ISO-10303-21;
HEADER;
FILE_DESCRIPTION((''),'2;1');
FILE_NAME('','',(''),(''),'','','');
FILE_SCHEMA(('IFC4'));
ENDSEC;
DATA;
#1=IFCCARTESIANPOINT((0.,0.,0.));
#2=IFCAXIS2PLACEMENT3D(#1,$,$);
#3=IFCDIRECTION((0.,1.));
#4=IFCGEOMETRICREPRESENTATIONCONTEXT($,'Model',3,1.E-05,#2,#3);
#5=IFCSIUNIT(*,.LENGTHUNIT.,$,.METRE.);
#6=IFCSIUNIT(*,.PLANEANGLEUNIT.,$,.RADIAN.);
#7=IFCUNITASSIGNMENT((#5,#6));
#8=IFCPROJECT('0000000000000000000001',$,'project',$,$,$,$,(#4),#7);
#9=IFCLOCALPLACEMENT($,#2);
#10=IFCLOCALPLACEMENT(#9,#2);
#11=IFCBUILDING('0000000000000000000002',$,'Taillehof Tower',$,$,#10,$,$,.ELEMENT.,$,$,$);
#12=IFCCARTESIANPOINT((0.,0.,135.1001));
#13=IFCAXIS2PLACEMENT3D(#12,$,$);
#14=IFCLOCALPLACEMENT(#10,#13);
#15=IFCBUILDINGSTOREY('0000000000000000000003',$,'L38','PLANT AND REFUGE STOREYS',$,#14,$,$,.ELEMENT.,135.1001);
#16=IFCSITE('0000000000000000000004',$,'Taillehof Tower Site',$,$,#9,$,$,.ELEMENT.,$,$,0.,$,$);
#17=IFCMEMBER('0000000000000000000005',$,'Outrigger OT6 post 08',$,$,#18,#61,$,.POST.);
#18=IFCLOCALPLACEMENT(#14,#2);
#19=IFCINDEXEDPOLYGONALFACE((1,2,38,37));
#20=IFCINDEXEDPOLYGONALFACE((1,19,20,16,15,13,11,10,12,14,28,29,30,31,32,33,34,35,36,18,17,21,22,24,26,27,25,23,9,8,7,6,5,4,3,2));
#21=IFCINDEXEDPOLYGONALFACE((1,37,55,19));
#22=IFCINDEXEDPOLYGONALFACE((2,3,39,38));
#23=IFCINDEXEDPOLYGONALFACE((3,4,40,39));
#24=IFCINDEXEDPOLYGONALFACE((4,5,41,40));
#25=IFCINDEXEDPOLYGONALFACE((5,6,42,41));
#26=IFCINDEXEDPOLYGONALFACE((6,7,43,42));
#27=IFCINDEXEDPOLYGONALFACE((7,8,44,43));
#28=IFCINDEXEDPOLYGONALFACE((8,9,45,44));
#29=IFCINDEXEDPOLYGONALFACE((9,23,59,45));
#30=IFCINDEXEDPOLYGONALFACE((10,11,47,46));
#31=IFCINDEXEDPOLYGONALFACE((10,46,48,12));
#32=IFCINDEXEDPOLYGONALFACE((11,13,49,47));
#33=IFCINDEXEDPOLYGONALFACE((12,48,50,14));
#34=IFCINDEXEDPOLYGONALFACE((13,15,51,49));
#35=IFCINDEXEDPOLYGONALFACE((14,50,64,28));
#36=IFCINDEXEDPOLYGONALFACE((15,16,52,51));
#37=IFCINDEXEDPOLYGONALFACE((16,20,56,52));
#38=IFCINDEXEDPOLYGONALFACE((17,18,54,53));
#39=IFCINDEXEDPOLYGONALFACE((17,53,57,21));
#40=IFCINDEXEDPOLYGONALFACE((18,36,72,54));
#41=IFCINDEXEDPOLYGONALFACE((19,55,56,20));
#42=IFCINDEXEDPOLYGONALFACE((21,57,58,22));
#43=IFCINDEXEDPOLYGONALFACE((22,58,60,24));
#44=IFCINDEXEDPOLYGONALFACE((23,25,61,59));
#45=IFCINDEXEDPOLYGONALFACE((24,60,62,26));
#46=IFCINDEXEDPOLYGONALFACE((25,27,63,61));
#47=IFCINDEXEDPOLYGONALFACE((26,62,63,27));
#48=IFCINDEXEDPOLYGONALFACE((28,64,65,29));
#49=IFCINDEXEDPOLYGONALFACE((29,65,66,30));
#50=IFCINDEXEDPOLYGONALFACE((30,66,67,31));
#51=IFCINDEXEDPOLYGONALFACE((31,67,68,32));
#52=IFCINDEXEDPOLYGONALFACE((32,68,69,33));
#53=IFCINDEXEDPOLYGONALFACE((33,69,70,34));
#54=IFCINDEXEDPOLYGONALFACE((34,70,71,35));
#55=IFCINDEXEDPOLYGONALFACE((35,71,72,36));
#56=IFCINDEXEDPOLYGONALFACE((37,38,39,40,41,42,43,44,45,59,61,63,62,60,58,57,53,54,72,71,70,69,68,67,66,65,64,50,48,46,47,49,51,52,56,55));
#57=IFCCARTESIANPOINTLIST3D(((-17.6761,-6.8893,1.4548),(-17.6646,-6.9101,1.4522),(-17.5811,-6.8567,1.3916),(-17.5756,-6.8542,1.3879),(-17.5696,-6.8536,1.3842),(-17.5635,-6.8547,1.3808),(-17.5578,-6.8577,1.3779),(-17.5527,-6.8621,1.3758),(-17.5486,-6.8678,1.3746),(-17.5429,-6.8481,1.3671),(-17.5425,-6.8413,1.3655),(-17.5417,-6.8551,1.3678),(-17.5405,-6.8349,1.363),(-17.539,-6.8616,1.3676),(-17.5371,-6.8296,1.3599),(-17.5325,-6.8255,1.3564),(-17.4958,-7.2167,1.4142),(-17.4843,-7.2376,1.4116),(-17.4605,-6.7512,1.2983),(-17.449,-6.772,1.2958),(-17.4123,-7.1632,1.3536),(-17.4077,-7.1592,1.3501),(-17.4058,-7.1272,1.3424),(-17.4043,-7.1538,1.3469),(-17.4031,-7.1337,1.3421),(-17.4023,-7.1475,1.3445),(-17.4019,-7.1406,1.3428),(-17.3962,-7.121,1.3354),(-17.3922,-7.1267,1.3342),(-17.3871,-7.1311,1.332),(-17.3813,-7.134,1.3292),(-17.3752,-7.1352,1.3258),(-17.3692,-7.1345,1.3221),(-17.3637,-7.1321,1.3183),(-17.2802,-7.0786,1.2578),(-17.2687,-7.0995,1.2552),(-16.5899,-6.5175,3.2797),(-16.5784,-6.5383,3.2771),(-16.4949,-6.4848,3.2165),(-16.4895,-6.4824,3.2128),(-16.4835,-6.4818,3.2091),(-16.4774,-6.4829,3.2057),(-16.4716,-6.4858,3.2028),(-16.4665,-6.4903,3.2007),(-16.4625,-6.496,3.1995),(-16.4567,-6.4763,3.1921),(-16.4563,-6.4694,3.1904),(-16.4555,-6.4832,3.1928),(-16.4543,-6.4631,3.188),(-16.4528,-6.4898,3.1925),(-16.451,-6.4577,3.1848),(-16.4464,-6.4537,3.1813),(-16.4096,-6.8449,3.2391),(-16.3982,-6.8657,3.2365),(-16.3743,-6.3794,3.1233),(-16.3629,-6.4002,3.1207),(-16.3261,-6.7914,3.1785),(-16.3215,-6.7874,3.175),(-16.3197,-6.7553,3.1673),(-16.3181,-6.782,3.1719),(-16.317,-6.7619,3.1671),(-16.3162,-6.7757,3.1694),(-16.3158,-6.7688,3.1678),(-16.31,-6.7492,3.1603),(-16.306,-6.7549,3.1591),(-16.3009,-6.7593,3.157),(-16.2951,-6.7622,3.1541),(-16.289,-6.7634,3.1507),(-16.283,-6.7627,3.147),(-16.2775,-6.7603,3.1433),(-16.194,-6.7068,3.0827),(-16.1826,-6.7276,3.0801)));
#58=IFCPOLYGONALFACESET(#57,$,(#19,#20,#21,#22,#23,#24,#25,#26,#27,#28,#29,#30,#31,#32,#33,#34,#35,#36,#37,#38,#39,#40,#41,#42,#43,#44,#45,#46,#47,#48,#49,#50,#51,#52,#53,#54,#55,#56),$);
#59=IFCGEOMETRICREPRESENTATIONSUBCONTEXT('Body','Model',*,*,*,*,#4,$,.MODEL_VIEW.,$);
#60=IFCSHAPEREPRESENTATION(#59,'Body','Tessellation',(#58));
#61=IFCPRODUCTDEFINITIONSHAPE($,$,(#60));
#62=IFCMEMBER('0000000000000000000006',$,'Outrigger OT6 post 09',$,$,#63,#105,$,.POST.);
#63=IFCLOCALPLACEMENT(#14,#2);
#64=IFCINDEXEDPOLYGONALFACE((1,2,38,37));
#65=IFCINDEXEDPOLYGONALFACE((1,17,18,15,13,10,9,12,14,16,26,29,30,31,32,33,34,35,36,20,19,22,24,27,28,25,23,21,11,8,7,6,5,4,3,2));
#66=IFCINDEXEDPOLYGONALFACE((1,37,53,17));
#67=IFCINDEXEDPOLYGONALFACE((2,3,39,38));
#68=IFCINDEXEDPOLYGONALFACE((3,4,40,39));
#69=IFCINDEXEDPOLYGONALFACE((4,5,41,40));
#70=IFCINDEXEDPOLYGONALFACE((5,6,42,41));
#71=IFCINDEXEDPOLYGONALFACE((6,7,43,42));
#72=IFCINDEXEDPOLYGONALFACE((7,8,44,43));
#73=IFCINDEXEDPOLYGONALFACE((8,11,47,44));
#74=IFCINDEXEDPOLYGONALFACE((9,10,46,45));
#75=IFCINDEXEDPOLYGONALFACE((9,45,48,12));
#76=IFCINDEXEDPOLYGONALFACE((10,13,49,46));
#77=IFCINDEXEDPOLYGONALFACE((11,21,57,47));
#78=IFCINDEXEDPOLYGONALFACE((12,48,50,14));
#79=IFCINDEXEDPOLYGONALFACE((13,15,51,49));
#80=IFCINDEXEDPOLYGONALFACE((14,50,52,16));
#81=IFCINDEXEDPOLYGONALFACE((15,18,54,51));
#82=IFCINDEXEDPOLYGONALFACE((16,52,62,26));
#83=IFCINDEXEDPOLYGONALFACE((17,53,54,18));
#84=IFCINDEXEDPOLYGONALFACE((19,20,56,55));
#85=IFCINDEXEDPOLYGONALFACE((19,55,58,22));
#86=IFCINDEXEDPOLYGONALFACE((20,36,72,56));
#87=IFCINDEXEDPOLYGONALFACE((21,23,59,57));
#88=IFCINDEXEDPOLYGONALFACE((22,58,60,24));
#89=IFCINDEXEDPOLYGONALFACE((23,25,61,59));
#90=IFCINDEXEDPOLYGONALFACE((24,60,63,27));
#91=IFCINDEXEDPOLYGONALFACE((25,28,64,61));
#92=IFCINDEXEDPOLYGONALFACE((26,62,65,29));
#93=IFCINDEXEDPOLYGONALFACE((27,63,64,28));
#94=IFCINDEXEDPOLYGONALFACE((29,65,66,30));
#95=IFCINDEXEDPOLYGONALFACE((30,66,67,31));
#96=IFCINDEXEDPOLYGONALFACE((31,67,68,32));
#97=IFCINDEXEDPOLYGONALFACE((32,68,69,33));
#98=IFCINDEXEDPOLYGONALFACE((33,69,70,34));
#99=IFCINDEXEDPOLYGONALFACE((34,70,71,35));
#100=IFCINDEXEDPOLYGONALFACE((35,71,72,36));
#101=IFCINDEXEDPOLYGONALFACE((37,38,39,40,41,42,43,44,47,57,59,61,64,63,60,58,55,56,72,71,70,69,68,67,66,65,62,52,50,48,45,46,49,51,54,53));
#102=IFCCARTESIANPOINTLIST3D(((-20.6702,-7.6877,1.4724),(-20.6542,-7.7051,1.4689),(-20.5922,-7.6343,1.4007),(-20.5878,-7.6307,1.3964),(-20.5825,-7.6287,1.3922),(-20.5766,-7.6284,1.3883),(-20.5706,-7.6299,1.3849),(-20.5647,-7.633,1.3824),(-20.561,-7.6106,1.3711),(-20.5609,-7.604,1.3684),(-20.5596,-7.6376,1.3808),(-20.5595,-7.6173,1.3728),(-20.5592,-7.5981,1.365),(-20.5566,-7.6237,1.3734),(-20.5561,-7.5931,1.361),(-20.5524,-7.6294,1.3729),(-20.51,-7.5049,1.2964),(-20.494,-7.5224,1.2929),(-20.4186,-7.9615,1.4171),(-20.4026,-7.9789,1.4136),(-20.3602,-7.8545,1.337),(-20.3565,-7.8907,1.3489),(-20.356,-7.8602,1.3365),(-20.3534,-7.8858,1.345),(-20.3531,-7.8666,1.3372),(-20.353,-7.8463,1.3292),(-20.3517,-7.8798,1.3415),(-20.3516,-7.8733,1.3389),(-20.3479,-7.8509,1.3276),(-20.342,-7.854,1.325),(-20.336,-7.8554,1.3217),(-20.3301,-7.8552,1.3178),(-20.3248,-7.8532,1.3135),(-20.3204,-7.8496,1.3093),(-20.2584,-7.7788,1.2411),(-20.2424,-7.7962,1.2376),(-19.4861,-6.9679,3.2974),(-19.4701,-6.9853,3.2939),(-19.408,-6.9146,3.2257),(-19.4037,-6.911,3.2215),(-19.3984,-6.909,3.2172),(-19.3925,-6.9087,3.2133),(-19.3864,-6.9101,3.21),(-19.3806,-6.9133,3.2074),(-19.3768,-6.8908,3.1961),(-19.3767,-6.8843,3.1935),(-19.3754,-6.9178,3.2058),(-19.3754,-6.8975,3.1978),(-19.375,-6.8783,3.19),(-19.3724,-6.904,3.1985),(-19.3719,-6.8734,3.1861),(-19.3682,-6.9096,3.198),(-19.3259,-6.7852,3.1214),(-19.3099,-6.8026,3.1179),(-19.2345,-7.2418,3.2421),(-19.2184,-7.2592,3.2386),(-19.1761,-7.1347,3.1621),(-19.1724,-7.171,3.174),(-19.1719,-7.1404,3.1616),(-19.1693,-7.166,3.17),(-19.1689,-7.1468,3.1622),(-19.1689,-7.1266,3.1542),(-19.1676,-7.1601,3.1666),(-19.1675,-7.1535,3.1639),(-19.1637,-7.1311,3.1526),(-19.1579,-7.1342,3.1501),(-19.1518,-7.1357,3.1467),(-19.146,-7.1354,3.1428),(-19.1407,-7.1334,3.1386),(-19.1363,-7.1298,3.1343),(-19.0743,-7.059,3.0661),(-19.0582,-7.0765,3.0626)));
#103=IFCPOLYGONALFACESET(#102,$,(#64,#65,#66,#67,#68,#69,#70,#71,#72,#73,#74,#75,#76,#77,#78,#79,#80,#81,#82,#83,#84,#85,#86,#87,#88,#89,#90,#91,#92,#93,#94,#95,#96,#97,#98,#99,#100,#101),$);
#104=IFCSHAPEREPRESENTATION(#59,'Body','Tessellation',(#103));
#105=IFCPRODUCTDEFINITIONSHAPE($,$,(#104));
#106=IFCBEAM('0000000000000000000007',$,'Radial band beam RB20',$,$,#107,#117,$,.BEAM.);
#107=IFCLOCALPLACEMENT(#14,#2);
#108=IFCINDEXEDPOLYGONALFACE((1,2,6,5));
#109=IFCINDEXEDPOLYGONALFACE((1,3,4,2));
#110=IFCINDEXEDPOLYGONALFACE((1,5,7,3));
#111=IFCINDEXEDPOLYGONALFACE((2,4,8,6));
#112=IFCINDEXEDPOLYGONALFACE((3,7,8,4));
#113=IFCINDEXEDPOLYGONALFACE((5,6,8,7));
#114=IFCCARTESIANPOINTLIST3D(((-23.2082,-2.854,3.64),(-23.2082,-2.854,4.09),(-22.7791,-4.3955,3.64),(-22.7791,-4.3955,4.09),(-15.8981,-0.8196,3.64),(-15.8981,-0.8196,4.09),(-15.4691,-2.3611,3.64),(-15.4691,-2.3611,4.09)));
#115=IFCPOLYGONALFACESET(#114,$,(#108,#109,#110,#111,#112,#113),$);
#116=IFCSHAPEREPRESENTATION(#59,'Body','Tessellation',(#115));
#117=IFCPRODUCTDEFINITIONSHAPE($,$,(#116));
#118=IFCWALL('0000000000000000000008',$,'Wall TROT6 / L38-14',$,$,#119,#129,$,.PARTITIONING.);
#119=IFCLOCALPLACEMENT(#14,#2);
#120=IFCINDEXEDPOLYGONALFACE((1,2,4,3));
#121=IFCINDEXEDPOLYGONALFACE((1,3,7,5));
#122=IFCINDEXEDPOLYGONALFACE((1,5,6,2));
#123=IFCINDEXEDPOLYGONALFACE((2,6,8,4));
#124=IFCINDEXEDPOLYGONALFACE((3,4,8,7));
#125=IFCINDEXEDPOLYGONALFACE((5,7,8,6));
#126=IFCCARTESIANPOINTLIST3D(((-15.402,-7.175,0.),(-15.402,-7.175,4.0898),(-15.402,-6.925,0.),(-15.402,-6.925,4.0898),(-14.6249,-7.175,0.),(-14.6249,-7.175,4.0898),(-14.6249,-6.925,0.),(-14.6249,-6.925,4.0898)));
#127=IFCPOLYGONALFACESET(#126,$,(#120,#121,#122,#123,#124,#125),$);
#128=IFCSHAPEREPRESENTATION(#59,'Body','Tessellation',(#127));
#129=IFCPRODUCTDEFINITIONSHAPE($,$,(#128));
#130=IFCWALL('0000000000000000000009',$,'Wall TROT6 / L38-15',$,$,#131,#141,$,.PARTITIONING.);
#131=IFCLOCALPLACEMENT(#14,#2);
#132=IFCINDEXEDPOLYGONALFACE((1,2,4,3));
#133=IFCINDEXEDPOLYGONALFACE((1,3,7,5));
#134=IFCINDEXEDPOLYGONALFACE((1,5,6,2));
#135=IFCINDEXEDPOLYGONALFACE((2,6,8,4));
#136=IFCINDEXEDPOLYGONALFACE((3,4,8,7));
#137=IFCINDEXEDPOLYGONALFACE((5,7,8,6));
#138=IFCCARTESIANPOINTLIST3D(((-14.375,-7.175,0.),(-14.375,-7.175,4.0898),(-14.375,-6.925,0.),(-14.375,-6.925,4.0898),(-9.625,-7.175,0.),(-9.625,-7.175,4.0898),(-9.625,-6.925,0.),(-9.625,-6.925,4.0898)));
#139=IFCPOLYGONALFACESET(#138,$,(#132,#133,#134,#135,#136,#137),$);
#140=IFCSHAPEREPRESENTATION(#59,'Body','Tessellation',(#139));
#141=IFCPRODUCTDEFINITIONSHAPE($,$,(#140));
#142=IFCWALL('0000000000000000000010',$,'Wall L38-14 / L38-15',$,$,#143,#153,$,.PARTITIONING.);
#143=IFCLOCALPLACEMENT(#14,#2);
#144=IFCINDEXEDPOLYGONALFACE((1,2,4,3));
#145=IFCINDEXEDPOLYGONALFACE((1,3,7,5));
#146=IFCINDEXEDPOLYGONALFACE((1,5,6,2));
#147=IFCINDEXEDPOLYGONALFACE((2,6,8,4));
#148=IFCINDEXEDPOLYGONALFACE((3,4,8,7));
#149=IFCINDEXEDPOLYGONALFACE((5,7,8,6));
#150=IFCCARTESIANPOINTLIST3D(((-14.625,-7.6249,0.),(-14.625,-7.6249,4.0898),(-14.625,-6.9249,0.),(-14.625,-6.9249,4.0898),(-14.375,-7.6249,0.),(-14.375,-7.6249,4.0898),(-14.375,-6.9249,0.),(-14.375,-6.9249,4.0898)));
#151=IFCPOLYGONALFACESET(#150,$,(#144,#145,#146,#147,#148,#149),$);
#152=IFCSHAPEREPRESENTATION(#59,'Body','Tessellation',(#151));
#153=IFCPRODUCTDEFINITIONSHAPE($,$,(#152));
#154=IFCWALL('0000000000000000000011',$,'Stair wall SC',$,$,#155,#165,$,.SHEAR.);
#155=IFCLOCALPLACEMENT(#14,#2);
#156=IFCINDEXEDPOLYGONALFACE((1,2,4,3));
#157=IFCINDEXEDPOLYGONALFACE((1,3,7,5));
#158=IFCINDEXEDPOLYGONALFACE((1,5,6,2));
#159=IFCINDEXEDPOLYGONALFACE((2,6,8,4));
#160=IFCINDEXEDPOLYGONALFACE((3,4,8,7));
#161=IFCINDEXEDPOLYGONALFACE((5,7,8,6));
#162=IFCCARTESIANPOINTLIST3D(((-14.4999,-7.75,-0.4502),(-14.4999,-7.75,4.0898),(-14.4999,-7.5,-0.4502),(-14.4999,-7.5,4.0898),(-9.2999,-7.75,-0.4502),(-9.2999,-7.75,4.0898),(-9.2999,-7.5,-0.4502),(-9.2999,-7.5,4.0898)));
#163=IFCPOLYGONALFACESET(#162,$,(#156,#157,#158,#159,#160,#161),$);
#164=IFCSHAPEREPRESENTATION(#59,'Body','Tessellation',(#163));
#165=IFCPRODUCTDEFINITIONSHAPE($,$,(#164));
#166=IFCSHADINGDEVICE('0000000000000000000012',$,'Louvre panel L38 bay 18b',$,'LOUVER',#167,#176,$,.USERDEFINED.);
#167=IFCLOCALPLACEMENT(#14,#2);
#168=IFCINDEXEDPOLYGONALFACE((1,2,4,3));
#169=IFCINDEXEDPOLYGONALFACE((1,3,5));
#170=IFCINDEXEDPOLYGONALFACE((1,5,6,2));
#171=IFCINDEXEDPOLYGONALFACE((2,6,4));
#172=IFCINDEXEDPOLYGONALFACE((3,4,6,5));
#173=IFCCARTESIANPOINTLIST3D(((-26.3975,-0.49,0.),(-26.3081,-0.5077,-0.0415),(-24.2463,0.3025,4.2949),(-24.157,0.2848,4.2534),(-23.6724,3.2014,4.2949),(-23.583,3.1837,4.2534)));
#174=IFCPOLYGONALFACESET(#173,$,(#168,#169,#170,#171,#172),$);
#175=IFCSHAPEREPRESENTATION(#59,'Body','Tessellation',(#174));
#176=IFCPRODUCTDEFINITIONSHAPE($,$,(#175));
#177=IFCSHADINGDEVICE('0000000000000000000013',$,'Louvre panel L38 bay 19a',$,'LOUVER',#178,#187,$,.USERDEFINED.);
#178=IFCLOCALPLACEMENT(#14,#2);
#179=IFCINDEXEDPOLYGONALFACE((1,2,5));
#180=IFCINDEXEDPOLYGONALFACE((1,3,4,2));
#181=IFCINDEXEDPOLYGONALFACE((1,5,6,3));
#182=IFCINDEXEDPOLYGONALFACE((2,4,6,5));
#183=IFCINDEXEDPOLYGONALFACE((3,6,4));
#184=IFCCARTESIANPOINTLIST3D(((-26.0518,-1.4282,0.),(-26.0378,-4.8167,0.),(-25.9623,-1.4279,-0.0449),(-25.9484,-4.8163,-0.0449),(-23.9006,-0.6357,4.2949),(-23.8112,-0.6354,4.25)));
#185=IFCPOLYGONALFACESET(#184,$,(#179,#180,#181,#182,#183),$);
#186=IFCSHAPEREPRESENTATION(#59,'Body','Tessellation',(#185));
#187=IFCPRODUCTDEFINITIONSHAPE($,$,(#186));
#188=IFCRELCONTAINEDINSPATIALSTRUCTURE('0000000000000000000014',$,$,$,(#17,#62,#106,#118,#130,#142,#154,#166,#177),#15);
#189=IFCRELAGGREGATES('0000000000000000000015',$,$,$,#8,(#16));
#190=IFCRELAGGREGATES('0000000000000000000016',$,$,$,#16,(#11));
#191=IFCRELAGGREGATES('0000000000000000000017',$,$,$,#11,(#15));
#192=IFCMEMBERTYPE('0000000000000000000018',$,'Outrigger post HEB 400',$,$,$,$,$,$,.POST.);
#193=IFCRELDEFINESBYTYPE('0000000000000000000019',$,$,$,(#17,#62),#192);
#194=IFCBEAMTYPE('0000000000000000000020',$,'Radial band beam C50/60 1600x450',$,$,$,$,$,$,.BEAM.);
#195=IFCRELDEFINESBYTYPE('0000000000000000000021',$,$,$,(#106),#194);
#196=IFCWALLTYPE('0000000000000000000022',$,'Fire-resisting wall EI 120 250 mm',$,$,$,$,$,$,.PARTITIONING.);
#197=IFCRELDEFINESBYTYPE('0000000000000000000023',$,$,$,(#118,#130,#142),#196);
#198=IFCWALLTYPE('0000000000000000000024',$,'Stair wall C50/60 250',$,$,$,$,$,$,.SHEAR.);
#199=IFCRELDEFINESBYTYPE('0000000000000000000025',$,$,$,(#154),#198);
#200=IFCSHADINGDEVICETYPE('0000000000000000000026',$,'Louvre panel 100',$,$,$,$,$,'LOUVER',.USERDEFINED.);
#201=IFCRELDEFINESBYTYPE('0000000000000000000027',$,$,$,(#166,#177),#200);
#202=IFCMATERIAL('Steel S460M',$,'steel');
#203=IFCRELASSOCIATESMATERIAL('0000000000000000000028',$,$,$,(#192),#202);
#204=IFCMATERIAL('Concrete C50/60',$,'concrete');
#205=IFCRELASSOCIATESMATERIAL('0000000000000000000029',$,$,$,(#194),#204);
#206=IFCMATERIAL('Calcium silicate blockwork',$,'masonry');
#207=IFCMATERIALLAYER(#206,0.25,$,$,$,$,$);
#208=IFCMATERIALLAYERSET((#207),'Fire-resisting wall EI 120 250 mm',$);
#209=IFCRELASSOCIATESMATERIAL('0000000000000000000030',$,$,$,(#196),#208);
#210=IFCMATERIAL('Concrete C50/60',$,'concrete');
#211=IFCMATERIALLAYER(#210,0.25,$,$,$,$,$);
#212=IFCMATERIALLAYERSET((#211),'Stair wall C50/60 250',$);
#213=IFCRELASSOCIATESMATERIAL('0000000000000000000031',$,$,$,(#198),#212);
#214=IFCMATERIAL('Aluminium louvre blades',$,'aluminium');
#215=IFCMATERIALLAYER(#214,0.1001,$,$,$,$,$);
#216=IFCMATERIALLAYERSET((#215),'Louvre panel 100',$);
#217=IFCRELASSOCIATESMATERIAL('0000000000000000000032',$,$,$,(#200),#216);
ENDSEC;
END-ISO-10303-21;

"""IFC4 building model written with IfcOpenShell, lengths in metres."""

from ifc_helpers import new_model, si_unit, direction, frame, frame_2d, origin, origin_2d, place, context, subcontext, project, spatial, polyline, rectangle, i_section, outline, extrude, material, layer, layer_set, material_profile, profile_set, type_object, element, save


model = new_model("IFC4")

# Units and contexts
model_context = context("Model", 3, precision=1e-05, world=origin(), true_north=direction((0.0, 1.0)))
body_context = subcontext(model_context, "Body", "Model", "MODEL_VIEW")
ifc_project = project(units=[si_unit("LENGTHUNIT", "METRE"), si_unit("PLANEANGLEUNIT", "RADIAN")], contexts=[model_context])

# Site, building, storey
site_placement = place(None, origin())
site = spatial("IfcSite", under=ifc_project, at=site_placement, Name="Taillehof Tower Site", CompositionType="ELEMENT", RefElevation=0.0)
building_placement = place(site_placement, origin())
building = spatial("IfcBuilding", under=site, at=building_placement, Name="Taillehof Tower", CompositionType="ELEMENT")
storey_placement = place(building_placement, frame((0.0, 0.0, 135.1001)))
storey = spatial("IfcBuildingStorey", under=building, at=storey_placement, Name="L38", Description="PLANT AND REFUGE STOREYS", CompositionType="ELEMENT", Elevation=135.1001)

# Members
ifc_material_1 = material(Name="Steel S460M", Category="steel")
ifc_material_profile_1 = material_profile(ifc_material_1, i_section(OverallWidth=0.3, OverallDepth=0.3999, WebThickness=0.0134, FlangeThickness=0.0239, FilletRadius=0.0271, at=origin_2d()), Name="HEB 400")
ifc_profile_set_1 = profile_set([ifc_material_profile_1], Name="Steel S460M")
member_type_1 = type_object("IfcMemberType", Name="Outrigger post HEB 400", PredefinedType="POST", material=ifc_profile_set_1)
member_1_placement = place(storey_placement, frame((-17.4724, -6.9944, 1.355), z_axis=(0.503786, 0.172458, 0.846438), x_axis=(-0.718523, -0.460258, 0.521429)))
element("IfcMember", 1, at=member_1_placement, inside=storey, type_object=member_type_1, Name="Outrigger OT6 post 08", PredefinedType="POST", context=body_context, shape_type="SweptSolid", body=[
    extrude(i_section(OverallWidth=0.3, OverallDepth=0.3999, WebThickness=0.0134, FlangeThickness=0.0239, FilletRadius=0.0271, at=origin_2d()), origin(), (0.0, 0.0, 1.0), 2.156),
])
member_2_placement = place(storey_placement, frame((-20.4563, -7.7419, 1.355), z_axis=(0.516751, 0.314099, 0.796436), x_axis=(-0.5339, -0.608991, 0.586584)))
element("IfcMember", 2, at=member_2_placement, inside=storey, type_object=member_type_1, Name="Outrigger OT6 post 09", PredefinedType="POST", context=body_context, shape_type="SweptSolid", body=[
    extrude(i_section(OverallWidth=0.3, OverallDepth=0.3999, WebThickness=0.0134, FlangeThickness=0.0239, FilletRadius=0.0271, at=origin_2d()), origin(), (0.0, 0.0, 1.0), 2.2915),
])

# Beam
ifc_material_2 = material(Name="Concrete C50/60", Category="concrete")
ifc_material_profile_2 = material_profile(ifc_material_2, rectangle(XDim=1.6001, YDim=0.45, at=origin_2d()), Name="RC 1600x450")
ifc_profile_set_2 = profile_set([ifc_material_profile_2], Name="Concrete C50/60")
beam_type_1 = type_object("IfcBeamType", Name="Radial band beam C50/60 1600x450", PredefinedType="BEAM", material=ifc_profile_set_2)
beam_1_placement = place(storey_placement, frame((-22.9937, -3.6248, 3.865), z_axis=(0.963387, 0.268115, 0.0), x_axis=(-0.268115, 0.963387, 0.0)))
element("IfcBeam", 3, at=beam_1_placement, inside=storey, type_object=beam_type_1, Name="Radial band beam RB20", PredefinedType="BEAM", context=body_context, shape_type="SweptSolid", body=[
    extrude(rectangle(XDim=1.6001, YDim=0.45, at=origin_2d()), origin(), (0.0, 0.0, 1.0), 7.5879),
])

# Walls
ifc_material_3 = material(Name="Calcium silicate blockwork", Category="masonry")
ifc_layer_1 = layer(ifc_material_3, 0.25)
ifc_layer_set_1 = layer_set([ifc_layer_1], Name="Fire-resisting wall EI 120 250 mm")
wall_type_1 = type_object("IfcWallType", Name="Fire-resisting wall EI 120 250 mm", PredefinedType="PARTITIONING", material=ifc_layer_set_1)
wall_1_placement = place(storey_placement, frame((-15.4021, -7.05, 0.0), z_axis=(0.0, 0.0, 1.0), x_axis=(1.0, 0.0, 0.0)))
element("IfcWall", 4, at=wall_1_placement, inside=storey, type_object=wall_type_1, Name="Wall TROT6 / L38-14", PredefinedType="PARTITIONING", context=body_context, shape_type="SweptSolid", body=[
    extrude(rectangle(XDim=0.7771, YDim=0.25, at=frame_2d((0.3887, 0.0))), origin(), (0.0, 0.0, 1.0), 4.0898),
])
wall_2_placement = place(storey_placement, frame((-14.375, -7.05, 0.0), z_axis=(0.0, 0.0, 1.0), x_axis=(1.0, 0.0, 0.0)))
element("IfcWall", 5, at=wall_2_placement, inside=storey, type_object=wall_type_1, Name="Wall TROT6 / L38-15", PredefinedType="PARTITIONING", context=body_context, shape_type="SweptSolid", body=[
    extrude(rectangle(XDim=4.75, YDim=0.25, at=frame_2d((2.375, 0.0))), origin(), (0.0, 0.0, 1.0), 4.0898),
])
wall_3_placement = place(storey_placement, frame((-14.5, -7.625, 0.0), z_axis=(0.0, 0.0, 1.0), x_axis=(0.0, 1.0, 0.0)))
element("IfcWall", 6, at=wall_3_placement, inside=storey, type_object=wall_type_1, Name="Wall L38-14 / L38-15", PredefinedType="PARTITIONING", context=body_context, shape_type="SweptSolid", body=[
    extrude(rectangle(XDim=0.7, YDim=0.25, at=frame_2d((0.3501, 0.0))), origin(), (0.0, 0.0, 1.0), 4.0898),
])
ifc_material_4 = material(Name="Concrete C50/60", Category="concrete")
ifc_layer_2 = layer(ifc_material_4, 0.25)
ifc_layer_set_2 = layer_set([ifc_layer_2], Name="Stair wall C50/60 250")
wall_type_2 = type_object("IfcWallType", Name="Stair wall C50/60 250", PredefinedType="SHEAR", material=ifc_layer_set_2)
wall_4_placement = place(storey_placement, frame((-14.5, -7.625, -0.4502), z_axis=(0.0, 0.0, 1.0), x_axis=(1.0, 0.0, 0.0)))
element("IfcWall", 7, at=wall_4_placement, inside=storey, type_object=wall_type_2, Name="Stair wall SC", PredefinedType="SHEAR", context=body_context, shape_type="SweptSolid", body=[
    extrude(rectangle(XDim=5.2, YDim=0.25, at=frame_2d((2.6001, 0.0))), origin(), (0.0, 0.0, 1.0), 4.54),
])

# Shading devices
ifc_material_5 = material(Name="Aluminium louvre blades", Category="aluminium")
ifc_layer_3 = layer(ifc_material_5, 0.1001)
ifc_layer_set_3 = layer_set([ifc_layer_3], Name="Louvre panel 100")
shading_device_type = type_object("IfcShadingDeviceType", Name="Louvre panel 100", ElementType="LOUVER", PredefinedType="USERDEFINED", material=ifc_layer_set_3)
shading_device_1_placement = place(storey_placement, frame((-26.3975, -0.49, 0.0), z_axis=(-0.892717, 0.176754, 0.414506), x_axis=(0.441851, 0.162779, 0.882197)))
element("IfcShadingDevice", 8, at=shading_device_1_placement, inside=storey, type_object=shading_device_type, Name="Louvre panel L38 bay 18b", ObjectType="LOUVER", PredefinedType="USERDEFINED", context=body_context, shape_type="SweptSolid", body=[
    extrude(outline(polyline([(0.0, 0.0), (4.8684, 0.0), (5.5939, 2.8648), (0.0, 0.0)])), origin(), (0.0, 0.0, -1.0), 0.1001),
])
shading_device_2_placement = place(storey_placement, frame((-26.0518, -1.4282, 0.0), z_axis=(-0.893845, -0.003671, 0.448362), x_axis=(0.004107, -0.999992, 0.0)))
element("IfcShadingDevice", 9, at=shading_device_2_placement, inside=storey, type_object=shading_device_type, Name="Louvre panel L38 bay 19a", ObjectType="LOUVER", PredefinedType="USERDEFINED", context=body_context, shape_type="SweptSolid", body=[
    extrude(outline(polyline([(0.0, 0.0), (3.3885, 0.0), (-0.7836, 4.805), (0.0, 0.0)])), origin(), (0.0, 0.0, -1.0), 0.1001),
])

save(model, "model.ifc")
